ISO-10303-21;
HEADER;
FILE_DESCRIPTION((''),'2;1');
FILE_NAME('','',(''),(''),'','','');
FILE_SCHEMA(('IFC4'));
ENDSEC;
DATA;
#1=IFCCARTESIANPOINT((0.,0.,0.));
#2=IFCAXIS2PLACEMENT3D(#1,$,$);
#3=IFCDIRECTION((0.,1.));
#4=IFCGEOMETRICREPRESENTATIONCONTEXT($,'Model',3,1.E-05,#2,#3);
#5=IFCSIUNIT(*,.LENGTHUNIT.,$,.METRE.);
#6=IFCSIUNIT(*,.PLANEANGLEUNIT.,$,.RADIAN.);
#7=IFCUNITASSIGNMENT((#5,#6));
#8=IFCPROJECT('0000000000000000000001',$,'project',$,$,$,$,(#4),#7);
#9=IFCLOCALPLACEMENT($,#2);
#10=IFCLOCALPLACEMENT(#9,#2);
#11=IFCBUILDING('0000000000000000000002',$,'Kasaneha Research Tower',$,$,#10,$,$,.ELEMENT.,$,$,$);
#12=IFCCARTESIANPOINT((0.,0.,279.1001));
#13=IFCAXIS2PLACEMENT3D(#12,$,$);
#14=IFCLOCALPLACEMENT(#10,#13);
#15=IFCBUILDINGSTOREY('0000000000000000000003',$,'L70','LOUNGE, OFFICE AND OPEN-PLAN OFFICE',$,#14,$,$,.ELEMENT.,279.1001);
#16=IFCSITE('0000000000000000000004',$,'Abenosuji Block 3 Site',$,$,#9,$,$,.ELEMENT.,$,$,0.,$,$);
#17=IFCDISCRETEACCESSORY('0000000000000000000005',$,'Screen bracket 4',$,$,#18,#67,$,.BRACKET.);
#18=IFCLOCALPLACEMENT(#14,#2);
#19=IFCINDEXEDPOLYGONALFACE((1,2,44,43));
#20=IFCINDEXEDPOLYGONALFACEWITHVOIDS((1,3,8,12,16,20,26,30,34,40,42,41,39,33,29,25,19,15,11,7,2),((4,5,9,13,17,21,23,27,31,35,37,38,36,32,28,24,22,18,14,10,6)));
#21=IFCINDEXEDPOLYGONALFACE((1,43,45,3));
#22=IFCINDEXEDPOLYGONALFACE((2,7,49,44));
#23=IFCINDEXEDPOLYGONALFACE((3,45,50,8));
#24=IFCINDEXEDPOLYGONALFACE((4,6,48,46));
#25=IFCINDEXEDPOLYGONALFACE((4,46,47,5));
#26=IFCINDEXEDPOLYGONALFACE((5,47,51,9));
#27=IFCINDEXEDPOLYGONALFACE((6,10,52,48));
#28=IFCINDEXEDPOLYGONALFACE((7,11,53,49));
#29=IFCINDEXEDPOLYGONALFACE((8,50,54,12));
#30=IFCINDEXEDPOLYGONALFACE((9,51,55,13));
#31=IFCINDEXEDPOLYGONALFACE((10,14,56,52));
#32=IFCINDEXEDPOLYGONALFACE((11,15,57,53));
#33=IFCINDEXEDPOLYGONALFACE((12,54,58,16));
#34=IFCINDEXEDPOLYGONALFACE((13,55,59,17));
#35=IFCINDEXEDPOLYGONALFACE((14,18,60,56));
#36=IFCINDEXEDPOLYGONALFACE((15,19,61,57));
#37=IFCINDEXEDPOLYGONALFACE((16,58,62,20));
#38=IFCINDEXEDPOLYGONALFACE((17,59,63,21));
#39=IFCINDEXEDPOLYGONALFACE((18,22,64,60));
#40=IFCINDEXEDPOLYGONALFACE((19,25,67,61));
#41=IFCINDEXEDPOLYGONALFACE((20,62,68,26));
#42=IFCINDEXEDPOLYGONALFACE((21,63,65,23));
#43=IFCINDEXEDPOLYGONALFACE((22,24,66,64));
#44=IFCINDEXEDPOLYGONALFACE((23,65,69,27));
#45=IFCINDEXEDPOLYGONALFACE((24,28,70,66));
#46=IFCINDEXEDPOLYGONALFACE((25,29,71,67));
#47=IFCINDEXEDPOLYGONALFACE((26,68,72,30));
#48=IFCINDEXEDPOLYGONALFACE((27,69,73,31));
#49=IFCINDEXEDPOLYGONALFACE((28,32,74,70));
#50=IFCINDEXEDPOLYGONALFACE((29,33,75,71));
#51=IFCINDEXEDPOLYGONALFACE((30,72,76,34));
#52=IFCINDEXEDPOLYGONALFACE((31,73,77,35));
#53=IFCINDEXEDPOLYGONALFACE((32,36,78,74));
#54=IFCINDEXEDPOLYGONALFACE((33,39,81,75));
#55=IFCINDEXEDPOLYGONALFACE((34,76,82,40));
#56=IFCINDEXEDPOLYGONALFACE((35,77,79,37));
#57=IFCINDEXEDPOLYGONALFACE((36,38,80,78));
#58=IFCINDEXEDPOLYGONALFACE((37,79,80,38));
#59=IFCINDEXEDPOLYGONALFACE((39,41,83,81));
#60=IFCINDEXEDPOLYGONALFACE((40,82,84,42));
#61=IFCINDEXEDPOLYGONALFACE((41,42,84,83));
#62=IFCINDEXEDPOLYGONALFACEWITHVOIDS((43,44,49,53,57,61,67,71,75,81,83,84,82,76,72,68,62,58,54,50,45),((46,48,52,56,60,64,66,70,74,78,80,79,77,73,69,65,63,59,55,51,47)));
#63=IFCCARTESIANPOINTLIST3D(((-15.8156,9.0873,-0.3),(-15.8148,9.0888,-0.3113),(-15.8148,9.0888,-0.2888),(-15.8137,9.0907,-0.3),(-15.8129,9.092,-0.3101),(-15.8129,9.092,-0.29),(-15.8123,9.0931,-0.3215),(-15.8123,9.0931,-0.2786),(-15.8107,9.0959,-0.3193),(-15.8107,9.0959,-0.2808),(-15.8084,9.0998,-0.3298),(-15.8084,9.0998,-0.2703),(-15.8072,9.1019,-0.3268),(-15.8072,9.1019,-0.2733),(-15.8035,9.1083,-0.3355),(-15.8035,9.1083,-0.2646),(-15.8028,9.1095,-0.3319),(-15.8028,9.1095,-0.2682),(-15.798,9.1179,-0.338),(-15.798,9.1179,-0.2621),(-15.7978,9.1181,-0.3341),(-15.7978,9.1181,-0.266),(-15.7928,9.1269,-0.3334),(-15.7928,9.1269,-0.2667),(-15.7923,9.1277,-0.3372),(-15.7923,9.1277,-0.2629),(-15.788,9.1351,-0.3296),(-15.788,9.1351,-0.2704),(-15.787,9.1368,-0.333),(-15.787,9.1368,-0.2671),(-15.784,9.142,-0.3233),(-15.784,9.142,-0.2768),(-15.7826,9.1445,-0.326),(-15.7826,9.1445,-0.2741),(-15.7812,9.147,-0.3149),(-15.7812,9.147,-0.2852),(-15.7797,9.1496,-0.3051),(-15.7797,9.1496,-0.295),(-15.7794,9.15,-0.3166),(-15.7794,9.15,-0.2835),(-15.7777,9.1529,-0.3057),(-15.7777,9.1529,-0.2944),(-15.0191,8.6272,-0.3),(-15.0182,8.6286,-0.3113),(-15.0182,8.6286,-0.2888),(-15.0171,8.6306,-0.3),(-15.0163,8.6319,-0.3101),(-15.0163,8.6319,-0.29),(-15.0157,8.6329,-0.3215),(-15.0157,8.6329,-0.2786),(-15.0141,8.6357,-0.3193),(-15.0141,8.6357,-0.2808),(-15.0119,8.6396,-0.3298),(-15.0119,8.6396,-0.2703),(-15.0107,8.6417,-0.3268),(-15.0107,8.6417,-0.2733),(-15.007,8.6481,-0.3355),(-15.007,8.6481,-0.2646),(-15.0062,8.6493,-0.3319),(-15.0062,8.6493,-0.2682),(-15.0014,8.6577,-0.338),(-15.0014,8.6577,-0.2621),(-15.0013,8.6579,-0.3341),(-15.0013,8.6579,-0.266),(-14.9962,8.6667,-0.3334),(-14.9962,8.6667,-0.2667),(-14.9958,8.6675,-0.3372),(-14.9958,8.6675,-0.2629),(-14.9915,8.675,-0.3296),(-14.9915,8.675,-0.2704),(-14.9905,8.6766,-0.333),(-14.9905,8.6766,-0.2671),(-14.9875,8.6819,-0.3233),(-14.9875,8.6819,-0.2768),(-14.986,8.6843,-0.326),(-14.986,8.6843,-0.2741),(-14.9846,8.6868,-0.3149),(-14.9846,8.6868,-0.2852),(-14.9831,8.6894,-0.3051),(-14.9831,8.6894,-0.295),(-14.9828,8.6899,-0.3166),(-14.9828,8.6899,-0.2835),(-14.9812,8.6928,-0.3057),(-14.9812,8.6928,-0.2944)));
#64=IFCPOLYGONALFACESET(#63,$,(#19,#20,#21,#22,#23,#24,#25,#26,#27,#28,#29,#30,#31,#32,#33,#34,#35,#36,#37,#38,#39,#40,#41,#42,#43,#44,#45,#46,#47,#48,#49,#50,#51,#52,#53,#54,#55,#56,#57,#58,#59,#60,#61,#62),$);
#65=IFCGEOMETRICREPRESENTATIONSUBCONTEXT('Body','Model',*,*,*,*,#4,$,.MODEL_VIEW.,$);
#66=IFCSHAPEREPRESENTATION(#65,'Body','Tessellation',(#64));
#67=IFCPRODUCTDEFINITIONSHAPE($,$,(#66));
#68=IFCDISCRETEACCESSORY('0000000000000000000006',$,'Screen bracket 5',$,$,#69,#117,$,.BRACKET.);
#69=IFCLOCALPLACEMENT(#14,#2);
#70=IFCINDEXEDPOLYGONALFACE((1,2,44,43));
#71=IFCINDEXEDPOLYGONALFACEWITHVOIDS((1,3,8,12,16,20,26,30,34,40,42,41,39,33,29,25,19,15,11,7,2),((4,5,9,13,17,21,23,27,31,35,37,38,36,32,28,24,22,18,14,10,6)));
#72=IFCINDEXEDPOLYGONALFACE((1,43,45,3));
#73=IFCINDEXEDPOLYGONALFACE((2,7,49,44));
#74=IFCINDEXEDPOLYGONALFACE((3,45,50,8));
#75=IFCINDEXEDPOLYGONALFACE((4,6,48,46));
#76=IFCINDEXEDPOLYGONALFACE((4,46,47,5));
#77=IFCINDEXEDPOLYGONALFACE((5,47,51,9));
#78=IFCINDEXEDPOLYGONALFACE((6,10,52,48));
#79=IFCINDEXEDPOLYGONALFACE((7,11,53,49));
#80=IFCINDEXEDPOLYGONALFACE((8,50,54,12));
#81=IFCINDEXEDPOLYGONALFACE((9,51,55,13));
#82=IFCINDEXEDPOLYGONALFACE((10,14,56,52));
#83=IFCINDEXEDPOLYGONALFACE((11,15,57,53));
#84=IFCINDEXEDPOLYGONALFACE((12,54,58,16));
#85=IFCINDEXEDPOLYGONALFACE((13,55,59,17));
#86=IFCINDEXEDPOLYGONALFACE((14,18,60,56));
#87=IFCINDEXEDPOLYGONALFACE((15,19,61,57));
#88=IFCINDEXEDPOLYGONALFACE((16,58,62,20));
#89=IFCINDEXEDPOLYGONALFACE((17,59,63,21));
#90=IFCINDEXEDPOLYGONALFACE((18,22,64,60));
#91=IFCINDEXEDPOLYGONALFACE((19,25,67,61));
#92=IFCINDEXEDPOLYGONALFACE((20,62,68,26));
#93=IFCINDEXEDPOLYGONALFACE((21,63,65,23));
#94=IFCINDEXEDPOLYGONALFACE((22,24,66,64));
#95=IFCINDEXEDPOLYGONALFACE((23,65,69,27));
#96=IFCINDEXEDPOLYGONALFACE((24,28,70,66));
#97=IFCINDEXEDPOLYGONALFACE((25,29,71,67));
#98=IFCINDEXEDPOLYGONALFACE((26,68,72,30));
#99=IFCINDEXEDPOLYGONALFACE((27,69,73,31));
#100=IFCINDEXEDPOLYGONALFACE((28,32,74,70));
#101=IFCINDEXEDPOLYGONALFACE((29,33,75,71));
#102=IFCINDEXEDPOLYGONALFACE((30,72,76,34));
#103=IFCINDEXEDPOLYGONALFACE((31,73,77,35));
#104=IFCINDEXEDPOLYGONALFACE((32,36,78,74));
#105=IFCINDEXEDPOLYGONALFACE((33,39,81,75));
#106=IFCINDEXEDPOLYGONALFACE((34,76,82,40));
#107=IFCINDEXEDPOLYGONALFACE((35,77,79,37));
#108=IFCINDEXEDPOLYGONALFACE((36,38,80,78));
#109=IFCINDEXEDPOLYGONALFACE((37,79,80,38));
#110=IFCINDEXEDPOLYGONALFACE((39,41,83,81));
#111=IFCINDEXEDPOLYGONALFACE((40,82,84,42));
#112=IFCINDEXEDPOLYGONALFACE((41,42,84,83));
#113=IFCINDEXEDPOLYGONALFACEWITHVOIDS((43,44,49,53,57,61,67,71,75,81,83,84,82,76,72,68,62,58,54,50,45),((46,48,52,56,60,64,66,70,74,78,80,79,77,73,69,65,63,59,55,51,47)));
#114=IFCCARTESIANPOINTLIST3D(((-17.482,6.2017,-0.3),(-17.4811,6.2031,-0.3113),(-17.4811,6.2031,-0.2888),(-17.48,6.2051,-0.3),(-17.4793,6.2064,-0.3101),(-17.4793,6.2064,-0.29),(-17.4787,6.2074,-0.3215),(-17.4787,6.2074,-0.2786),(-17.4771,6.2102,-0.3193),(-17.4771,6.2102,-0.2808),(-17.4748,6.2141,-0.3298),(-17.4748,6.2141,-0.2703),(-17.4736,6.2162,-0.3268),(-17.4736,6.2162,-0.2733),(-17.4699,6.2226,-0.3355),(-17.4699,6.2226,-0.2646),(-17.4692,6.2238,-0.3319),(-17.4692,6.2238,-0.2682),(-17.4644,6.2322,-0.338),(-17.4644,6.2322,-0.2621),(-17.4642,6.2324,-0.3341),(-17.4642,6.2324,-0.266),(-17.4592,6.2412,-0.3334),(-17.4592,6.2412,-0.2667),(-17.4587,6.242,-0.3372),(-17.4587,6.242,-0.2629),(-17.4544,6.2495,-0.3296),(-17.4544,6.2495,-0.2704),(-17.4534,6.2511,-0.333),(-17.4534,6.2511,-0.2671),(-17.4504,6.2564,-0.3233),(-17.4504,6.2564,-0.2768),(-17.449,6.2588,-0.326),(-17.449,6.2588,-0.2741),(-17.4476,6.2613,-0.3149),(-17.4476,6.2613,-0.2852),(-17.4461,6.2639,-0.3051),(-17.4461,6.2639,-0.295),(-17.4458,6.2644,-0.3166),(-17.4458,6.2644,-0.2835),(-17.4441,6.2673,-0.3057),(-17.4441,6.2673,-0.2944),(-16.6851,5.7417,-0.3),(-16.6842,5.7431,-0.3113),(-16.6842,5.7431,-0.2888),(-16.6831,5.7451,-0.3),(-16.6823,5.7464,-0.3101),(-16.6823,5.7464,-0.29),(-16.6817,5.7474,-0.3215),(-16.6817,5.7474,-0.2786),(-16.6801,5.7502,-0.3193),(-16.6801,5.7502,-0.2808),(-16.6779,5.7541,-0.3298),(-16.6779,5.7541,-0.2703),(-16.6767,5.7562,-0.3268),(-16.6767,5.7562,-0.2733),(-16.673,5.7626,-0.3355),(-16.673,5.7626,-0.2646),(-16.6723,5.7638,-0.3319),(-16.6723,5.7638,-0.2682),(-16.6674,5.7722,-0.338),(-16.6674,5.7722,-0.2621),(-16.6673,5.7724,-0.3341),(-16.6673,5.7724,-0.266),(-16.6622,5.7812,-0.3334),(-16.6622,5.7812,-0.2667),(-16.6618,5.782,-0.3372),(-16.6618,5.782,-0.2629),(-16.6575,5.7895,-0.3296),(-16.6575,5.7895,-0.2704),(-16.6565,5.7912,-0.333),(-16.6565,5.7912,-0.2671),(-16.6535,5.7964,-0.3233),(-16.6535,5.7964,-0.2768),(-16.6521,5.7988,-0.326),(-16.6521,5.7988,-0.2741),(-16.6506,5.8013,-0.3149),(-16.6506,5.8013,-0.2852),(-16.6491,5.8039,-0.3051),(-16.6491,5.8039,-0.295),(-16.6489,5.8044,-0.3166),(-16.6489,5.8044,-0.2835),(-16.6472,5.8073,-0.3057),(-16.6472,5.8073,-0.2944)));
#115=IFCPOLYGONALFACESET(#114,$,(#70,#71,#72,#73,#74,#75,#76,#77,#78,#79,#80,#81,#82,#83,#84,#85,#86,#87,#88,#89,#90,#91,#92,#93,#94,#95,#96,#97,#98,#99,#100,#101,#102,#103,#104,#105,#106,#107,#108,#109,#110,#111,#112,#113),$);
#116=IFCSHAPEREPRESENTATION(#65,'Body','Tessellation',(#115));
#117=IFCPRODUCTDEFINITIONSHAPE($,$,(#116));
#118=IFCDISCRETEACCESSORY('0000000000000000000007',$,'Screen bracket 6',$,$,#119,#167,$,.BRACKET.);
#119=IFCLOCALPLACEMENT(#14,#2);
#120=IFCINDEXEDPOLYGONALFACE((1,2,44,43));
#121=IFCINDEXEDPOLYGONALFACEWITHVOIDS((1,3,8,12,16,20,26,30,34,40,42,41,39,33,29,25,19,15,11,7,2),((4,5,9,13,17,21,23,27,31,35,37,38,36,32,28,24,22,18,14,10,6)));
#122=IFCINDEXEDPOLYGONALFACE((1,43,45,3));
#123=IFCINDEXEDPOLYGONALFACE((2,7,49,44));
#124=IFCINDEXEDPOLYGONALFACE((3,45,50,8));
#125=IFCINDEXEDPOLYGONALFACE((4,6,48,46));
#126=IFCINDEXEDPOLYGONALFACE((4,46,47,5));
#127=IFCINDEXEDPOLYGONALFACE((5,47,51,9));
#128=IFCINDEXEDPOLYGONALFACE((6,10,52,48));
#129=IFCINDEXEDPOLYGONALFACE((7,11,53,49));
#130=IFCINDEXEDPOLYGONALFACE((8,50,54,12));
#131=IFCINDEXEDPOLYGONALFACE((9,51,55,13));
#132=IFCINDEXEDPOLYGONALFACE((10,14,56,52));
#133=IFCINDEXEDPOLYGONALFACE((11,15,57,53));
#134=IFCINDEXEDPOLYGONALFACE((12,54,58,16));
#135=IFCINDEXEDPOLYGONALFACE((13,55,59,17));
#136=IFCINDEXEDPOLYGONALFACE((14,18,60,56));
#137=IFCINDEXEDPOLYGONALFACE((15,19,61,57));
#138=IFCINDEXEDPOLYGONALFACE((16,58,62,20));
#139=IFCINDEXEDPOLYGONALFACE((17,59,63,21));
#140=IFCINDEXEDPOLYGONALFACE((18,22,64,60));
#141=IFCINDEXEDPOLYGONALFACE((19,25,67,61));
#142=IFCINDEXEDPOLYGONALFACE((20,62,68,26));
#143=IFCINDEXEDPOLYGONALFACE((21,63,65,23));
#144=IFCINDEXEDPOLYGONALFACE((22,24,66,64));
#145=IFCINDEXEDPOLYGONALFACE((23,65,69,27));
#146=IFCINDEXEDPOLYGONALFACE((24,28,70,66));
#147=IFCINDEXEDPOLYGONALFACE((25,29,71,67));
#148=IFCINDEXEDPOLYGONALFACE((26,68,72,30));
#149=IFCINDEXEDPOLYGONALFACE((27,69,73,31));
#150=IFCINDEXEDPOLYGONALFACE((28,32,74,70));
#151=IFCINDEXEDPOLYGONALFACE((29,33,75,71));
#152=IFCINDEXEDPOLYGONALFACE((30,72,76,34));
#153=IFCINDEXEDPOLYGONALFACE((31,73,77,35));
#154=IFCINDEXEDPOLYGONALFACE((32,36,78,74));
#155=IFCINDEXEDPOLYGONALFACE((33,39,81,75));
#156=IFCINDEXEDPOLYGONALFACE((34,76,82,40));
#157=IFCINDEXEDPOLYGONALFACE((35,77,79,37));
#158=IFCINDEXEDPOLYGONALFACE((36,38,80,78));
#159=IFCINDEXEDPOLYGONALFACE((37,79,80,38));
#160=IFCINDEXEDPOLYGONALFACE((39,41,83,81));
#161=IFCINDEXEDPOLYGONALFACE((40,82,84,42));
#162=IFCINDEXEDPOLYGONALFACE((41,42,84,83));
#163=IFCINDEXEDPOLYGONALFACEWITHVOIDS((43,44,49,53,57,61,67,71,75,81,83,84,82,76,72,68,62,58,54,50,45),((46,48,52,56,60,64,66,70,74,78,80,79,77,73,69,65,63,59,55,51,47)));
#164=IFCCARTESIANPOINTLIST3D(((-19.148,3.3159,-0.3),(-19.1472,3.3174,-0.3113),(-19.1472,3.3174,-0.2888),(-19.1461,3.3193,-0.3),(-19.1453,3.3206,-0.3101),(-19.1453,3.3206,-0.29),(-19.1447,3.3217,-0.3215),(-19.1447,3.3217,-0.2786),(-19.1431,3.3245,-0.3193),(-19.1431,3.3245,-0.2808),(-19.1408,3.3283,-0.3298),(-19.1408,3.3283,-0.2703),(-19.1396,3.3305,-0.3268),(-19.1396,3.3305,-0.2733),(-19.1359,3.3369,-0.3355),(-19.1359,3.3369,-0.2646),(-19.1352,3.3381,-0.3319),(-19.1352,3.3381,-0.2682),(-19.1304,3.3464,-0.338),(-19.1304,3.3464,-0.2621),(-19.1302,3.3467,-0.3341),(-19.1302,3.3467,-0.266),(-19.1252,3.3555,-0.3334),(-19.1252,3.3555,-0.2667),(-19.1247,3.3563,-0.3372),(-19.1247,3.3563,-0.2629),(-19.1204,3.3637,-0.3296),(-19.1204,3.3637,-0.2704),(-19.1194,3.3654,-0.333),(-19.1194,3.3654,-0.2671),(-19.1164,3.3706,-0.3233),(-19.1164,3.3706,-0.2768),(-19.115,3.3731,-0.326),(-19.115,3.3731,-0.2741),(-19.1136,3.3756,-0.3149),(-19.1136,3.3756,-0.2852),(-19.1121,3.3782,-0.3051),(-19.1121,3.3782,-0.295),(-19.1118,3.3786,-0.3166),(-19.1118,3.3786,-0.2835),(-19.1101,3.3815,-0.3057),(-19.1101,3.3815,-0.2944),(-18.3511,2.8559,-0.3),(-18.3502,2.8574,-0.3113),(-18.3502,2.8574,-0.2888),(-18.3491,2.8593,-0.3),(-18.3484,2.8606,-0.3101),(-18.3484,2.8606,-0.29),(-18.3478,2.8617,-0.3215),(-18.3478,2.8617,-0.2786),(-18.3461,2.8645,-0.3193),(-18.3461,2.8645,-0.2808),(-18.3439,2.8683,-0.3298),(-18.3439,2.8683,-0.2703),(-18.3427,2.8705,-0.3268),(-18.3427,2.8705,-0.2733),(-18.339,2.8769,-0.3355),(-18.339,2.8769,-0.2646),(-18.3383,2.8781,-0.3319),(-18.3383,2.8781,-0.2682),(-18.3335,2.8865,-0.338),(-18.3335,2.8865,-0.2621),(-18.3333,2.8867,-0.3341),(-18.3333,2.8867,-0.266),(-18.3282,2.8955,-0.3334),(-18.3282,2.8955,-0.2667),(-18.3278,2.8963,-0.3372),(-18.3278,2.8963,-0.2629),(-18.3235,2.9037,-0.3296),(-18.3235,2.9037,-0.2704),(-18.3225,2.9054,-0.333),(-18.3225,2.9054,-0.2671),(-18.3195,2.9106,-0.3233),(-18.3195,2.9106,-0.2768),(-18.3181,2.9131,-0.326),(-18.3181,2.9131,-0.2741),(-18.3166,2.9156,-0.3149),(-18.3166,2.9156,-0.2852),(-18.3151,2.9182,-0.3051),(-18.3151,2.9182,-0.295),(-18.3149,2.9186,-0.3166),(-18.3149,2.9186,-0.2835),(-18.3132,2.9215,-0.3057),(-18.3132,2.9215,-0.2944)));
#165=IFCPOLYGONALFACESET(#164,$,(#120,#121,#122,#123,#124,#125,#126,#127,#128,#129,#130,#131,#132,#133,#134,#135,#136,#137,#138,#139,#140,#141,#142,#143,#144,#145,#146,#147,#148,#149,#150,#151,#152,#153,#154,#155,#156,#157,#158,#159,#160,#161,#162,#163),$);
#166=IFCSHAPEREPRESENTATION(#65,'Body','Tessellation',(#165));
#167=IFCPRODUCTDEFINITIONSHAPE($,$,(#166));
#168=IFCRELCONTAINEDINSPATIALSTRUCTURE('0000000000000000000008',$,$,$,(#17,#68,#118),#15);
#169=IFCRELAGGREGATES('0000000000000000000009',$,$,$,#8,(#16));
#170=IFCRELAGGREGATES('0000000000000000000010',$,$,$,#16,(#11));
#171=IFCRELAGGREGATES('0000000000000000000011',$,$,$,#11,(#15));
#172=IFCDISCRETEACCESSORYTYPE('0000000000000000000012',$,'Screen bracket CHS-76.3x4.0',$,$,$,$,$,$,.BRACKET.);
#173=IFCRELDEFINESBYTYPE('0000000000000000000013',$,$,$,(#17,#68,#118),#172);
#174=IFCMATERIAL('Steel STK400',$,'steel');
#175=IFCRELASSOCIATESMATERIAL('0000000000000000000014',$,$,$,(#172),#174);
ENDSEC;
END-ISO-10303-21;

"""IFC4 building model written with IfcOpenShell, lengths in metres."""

from ifc_helpers import new_model, si_unit, direction, frame, origin, origin_2d, place, context, subcontext, project, spatial, hollow_circle, extrude, material, material_profile, profile_set, type_object, element, save


model = new_model("IFC4")

# Units and contexts
model_context = context("Model", 3, precision=1e-05, world=origin(), true_north=direction((0.0, 1.0)))
body_context = subcontext(model_context, "Body", "Model", "MODEL_VIEW")
ifc_project = project(units=[si_unit("LENGTHUNIT", "METRE"), si_unit("PLANEANGLEUNIT", "RADIAN")], contexts=[model_context])

# Site, building, storey
site_placement = place(None, origin())
site = spatial("IfcSite", under=ifc_project, at=site_placement, Name="Abenosuji Block 3 Site", CompositionType="ELEMENT", RefElevation=0.0)
building_placement = place(site_placement, origin())
building = spatial("IfcBuilding", under=site, at=building_placement, Name="Kasaneha Research Tower", CompositionType="ELEMENT")
storey_placement = place(building_placement, frame((0.0, 0.0, 279.1001)))
storey = spatial("IfcBuildingStorey", under=building, at=storey_placement, Name="L70", Description="LOUNGE, OFFICE AND OPEN-PLAN OFFICE", CompositionType="ELEMENT", Elevation=279.1001)

# Discrete accessories
ifc_material_1 = material(Name="Steel STK400", Category="steel")
ifc_material_profile_1 = material_profile(ifc_material_1, hollow_circle(Radius=0.0381, WallThickness=0.0039, at=origin_2d()), Name="CHS-76.3x4.0")
ifc_profile_set_1 = profile_set([ifc_material_profile_1], Name="Steel STK400")
discrete_accessory_type = type_object("IfcDiscreteAccessoryType", Name="Screen bracket CHS-76.3x4.0", PredefinedType="BRACKET", material=ifc_profile_set_1)
discrete_accessory_1_placement = place(storey_placement, frame((-15.0, 8.6602, -0.3), z_axis=(-0.865898, 0.50022, 0.0), x_axis=(-0.50022, -0.865898, 0.0)))
element("IfcDiscreteAccessory", 1, at=discrete_accessory_1_placement, inside=storey, type_object=discrete_accessory_type, Name="Screen bracket 4", PredefinedType="BRACKET", context=body_context, shape_type="SweptSolid", body=[
    extrude(hollow_circle(Radius=0.0381, WallThickness=0.0039, at=origin_2d()), origin(), (0.0, 0.0, 1.0), 0.9199),
])
for number, where, z_axis, x_axis, name in (
    (2, (-16.666, 5.7747, -0.3), (-0.86608, 0.499906, 0.0), (-0.499906, -0.86608, 0.0), "Screen bracket 5"),
    (3, (-18.332, 2.8889, -0.3), (-0.86608, 0.499906, 0.0), (-0.499906, -0.86608, 0.0), "Screen bracket 6"),
):
    element("IfcDiscreteAccessory", number, at=place(storey_placement, frame(where, z_axis=z_axis, x_axis=x_axis)), inside=storey, type_object=discrete_accessory_type, Name=name, PredefinedType="BRACKET", context=body_context, shape_type="SweptSolid", body=[
        extrude(hollow_circle(Radius=0.0381, WallThickness=0.0039, at=origin_2d()), origin(), (0.0, 0.0, 1.0), 0.9202),
    ])

save(model, "model.ifc")
